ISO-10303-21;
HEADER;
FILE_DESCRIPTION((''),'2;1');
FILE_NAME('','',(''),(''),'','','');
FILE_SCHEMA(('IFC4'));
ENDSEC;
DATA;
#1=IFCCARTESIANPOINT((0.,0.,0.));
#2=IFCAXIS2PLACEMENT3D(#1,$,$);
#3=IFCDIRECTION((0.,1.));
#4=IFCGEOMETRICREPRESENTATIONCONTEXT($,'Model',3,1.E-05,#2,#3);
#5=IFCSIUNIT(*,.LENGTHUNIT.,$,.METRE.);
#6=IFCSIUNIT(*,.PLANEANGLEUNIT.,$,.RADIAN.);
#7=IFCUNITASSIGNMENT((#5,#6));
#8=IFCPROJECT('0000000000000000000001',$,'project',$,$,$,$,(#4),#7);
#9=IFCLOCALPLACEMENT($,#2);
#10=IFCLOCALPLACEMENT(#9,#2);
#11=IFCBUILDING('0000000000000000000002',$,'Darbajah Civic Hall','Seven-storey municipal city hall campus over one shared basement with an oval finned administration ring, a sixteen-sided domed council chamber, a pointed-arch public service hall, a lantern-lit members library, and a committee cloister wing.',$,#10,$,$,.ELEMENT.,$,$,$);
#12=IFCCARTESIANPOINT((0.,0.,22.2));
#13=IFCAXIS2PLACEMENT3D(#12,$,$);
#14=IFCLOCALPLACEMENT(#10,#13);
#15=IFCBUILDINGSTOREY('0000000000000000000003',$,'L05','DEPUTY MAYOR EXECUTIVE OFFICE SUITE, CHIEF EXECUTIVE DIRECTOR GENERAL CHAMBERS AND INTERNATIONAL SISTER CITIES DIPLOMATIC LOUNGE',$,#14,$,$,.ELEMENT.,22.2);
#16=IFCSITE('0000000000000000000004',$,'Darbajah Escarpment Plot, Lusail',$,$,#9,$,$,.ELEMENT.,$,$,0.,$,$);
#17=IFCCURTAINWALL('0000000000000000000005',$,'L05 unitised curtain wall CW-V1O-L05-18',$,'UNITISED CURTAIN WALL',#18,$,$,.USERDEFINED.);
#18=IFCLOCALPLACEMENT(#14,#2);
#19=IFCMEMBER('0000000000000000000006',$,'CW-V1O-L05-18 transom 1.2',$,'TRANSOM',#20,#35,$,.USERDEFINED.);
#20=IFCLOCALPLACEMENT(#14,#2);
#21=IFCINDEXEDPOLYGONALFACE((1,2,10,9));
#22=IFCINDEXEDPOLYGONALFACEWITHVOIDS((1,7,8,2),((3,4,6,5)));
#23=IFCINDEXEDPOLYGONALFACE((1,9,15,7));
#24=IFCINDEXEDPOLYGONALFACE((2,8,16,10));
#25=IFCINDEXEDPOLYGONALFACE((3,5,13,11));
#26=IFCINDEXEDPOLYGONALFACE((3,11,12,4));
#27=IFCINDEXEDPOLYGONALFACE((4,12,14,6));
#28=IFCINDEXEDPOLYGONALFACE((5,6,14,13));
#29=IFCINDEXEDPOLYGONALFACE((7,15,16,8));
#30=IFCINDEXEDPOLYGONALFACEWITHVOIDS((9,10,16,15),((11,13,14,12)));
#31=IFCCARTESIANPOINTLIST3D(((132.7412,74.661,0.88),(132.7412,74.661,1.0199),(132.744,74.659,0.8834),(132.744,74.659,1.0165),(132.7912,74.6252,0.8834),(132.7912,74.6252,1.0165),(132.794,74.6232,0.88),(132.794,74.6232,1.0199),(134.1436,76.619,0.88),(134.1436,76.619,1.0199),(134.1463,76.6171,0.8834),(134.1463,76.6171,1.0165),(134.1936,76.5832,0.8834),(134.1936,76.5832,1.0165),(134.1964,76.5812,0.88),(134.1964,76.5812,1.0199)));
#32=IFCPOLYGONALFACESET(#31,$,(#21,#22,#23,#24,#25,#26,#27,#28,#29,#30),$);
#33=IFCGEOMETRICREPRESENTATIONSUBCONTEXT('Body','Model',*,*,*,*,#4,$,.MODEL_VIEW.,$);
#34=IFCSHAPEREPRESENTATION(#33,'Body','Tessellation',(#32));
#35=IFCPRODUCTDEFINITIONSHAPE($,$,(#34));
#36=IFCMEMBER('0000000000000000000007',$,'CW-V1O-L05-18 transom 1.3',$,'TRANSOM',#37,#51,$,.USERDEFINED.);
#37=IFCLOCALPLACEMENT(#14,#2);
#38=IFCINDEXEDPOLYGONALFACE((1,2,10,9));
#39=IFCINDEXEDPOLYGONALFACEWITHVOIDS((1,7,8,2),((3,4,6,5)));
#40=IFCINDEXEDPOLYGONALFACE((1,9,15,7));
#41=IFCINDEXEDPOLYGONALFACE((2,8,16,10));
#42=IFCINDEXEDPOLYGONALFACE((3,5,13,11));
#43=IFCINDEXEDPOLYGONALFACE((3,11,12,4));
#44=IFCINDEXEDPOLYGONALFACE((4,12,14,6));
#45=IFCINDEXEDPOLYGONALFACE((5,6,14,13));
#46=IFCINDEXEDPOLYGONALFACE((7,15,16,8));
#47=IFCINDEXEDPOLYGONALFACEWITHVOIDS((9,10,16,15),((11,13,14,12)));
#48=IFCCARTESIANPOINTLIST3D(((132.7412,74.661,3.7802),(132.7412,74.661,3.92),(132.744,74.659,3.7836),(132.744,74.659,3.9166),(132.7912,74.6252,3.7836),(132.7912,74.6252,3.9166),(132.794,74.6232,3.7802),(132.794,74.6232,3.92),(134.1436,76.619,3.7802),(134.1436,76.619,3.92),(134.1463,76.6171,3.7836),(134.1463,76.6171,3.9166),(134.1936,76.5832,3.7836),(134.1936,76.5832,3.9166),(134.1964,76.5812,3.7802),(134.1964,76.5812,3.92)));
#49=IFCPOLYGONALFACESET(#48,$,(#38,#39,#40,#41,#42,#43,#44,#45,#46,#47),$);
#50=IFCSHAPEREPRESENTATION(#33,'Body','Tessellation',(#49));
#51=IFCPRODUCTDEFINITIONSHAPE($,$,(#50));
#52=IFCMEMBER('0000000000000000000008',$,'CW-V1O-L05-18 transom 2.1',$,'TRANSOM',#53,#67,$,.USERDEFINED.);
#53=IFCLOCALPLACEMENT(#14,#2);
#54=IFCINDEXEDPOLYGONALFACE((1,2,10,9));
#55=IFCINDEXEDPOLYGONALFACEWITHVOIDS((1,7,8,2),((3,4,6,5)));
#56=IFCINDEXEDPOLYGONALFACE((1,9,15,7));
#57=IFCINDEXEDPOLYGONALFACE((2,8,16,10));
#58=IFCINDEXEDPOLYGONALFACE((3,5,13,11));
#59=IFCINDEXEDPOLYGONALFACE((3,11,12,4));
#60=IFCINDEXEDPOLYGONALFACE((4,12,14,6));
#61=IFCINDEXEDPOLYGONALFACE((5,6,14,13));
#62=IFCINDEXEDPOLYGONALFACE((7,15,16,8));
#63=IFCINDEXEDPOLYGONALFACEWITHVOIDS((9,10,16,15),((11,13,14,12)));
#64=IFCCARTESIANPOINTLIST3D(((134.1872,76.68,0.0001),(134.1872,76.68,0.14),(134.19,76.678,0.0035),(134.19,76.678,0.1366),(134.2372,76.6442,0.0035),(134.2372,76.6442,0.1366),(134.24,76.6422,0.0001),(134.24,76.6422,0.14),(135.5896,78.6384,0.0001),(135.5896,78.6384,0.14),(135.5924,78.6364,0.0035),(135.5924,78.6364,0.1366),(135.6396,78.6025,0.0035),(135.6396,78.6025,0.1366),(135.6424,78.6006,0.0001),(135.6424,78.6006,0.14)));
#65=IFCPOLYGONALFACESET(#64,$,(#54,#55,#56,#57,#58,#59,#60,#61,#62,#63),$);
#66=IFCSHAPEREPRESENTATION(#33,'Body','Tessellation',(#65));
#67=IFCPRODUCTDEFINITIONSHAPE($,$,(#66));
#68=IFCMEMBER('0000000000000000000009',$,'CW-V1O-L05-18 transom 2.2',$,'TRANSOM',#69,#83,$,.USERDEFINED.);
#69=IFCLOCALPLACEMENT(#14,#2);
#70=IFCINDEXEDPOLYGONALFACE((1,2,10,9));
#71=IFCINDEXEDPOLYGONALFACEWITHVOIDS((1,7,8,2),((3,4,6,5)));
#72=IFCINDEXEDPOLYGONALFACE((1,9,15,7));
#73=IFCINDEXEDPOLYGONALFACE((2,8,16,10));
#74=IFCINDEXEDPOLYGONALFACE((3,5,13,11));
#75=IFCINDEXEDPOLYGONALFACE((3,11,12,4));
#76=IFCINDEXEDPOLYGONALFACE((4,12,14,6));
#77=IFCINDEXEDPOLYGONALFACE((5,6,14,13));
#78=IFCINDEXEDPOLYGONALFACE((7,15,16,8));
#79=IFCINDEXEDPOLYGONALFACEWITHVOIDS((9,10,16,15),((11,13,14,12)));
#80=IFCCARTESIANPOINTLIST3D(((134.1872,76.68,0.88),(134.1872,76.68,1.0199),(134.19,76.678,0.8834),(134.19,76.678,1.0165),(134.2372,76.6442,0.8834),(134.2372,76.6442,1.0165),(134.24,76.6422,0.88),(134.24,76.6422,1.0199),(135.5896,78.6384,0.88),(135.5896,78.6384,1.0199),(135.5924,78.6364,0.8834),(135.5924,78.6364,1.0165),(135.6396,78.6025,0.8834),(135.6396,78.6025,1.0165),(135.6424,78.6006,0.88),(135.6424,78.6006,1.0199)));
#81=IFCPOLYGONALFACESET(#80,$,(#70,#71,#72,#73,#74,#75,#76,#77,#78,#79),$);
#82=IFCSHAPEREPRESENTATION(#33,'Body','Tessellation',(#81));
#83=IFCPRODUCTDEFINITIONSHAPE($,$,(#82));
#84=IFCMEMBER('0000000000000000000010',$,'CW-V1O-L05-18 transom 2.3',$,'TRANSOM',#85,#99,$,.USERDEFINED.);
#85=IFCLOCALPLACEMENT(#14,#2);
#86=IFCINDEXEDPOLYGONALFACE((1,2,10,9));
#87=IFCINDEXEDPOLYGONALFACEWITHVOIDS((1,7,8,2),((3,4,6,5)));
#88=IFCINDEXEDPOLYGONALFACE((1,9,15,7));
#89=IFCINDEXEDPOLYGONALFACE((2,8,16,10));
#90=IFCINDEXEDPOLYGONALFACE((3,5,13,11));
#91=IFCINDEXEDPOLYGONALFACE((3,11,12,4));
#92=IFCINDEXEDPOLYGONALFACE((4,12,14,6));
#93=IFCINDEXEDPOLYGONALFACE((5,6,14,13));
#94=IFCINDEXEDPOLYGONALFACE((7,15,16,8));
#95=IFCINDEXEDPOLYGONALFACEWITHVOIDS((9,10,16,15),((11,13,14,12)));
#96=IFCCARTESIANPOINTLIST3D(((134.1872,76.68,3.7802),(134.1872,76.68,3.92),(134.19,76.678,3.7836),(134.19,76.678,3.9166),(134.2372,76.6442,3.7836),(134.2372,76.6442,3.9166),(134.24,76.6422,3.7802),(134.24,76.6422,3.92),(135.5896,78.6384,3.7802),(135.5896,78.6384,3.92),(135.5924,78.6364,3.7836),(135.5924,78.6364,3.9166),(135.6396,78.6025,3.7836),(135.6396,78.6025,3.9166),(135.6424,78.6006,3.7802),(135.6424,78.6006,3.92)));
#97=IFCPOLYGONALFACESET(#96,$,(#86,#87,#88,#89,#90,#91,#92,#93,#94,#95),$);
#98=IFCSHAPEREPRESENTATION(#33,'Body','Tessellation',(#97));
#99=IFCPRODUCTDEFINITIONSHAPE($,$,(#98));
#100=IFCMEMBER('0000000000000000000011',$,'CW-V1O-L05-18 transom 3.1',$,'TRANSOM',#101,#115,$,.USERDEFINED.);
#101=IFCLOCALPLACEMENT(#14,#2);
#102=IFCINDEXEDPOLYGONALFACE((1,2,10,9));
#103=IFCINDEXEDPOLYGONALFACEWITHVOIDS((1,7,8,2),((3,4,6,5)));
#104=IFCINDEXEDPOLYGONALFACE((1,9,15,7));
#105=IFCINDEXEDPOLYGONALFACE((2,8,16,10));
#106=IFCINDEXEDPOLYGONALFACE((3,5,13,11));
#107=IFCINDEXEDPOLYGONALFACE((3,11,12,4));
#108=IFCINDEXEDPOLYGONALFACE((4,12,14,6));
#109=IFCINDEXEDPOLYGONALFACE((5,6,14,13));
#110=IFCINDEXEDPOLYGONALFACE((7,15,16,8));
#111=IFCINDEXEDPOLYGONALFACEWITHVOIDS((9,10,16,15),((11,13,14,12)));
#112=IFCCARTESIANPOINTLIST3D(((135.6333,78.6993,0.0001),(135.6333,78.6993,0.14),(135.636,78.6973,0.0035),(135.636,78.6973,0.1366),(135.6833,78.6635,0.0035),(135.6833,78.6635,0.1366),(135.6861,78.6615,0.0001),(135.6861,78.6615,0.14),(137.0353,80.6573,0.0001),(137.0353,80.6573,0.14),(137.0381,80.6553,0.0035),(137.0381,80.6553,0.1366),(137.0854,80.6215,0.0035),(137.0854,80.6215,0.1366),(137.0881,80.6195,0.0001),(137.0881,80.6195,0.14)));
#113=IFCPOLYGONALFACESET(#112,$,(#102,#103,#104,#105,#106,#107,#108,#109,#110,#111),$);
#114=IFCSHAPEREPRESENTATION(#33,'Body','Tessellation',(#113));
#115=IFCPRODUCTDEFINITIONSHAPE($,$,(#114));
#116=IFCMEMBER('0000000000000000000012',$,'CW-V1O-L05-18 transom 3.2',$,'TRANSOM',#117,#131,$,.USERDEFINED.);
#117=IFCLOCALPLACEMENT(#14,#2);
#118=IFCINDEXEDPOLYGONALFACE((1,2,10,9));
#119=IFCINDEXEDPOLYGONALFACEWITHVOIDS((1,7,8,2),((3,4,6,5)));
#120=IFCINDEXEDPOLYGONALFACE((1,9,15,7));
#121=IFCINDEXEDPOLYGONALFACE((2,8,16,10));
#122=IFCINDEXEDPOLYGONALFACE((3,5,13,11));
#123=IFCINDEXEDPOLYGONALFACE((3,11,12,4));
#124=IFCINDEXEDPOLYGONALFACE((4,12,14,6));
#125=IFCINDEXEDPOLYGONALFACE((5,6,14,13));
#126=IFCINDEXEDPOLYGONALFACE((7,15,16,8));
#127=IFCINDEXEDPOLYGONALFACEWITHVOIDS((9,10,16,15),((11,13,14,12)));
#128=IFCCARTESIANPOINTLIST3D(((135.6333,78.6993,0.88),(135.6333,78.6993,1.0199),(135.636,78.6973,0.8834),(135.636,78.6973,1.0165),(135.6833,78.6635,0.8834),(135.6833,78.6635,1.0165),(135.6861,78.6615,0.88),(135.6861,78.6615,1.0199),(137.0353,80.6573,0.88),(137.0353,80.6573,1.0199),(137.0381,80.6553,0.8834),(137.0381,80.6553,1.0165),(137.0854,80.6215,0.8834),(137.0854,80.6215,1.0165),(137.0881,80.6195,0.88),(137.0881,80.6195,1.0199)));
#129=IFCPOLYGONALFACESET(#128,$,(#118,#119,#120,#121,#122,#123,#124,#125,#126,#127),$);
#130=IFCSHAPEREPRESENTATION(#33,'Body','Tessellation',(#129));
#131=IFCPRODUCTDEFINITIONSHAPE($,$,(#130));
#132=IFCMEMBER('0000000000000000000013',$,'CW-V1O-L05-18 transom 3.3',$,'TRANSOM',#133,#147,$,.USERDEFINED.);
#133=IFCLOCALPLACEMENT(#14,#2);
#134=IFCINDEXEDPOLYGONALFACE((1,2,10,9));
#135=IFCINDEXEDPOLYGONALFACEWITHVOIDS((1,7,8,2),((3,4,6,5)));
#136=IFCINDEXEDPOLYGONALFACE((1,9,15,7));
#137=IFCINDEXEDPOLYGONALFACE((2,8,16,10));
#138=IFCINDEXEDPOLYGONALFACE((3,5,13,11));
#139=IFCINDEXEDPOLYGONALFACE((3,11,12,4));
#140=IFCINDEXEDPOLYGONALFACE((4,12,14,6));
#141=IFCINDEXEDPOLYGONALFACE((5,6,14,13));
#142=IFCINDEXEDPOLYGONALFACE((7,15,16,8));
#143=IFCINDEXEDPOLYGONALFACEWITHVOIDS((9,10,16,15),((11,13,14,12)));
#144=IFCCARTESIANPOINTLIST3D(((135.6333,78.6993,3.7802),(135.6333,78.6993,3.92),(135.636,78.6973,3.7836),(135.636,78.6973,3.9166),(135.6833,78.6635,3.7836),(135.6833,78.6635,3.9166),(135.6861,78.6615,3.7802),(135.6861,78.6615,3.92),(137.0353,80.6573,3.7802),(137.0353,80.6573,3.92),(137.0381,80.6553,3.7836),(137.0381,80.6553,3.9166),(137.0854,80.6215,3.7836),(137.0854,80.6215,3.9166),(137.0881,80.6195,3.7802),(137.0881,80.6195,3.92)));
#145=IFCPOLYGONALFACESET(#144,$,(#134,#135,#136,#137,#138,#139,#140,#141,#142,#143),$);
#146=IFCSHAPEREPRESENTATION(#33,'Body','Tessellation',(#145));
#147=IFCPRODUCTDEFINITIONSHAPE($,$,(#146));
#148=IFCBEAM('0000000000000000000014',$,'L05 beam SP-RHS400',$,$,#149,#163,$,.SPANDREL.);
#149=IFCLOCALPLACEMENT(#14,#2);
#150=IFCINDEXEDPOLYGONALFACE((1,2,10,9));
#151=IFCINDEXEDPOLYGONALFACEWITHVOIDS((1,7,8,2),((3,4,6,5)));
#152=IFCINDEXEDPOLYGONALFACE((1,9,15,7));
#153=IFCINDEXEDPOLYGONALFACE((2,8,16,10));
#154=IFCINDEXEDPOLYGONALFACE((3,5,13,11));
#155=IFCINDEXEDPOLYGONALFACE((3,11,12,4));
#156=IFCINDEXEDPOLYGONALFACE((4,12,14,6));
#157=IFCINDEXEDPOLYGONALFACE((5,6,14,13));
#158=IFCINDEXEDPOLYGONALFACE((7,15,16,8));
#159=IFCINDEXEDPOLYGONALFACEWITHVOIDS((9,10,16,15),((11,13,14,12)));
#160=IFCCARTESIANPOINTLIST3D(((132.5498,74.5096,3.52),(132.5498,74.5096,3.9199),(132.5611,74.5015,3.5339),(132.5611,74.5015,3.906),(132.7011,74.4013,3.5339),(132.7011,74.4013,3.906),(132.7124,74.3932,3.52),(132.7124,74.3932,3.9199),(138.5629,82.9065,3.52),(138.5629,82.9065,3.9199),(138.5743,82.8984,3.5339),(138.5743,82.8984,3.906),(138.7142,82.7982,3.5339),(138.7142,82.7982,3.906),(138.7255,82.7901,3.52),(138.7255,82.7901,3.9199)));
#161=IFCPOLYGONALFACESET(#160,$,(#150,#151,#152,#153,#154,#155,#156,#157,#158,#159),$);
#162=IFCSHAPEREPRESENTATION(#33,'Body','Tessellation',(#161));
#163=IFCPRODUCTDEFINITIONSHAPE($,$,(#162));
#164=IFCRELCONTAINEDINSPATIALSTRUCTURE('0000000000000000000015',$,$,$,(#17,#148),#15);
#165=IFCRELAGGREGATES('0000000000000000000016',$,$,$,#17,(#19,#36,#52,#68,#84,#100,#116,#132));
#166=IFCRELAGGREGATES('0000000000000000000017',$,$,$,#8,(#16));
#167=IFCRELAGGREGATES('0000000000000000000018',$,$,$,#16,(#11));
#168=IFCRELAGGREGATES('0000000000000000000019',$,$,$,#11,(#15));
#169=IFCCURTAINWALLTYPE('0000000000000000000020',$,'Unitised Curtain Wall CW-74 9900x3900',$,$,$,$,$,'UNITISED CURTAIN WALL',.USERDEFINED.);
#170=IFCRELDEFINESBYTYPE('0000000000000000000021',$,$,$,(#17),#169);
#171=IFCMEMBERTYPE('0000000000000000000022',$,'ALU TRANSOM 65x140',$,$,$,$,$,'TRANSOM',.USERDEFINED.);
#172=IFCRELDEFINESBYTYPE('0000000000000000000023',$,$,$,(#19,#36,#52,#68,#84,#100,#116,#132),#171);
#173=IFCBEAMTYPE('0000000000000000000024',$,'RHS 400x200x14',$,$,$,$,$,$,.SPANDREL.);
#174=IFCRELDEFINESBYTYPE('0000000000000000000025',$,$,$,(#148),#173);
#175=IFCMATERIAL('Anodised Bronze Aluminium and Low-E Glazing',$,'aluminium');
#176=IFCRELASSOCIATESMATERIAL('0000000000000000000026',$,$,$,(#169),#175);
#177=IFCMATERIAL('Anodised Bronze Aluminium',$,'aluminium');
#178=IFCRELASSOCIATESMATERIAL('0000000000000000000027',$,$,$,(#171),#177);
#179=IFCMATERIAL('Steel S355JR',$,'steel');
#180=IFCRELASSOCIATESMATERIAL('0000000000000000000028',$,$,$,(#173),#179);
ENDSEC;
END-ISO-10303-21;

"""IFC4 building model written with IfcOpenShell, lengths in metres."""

from ifc_helpers import new_model, si_unit, direction, frame, origin, origin_2d, place, context, subcontext, project, spatial, hollow_rectangle, extrude, material, material_profile, profile_set, type_object, element, aggregate, save


model = new_model("IFC4")

# Units and contexts
model_context = context("Model", 3, precision=1e-05, world=origin(), true_north=direction((0.0, 1.0)))
body_context = subcontext(model_context, "Body", "Model", "MODEL_VIEW")
ifc_project = project(units=[si_unit("LENGTHUNIT", "METRE"), si_unit("PLANEANGLEUNIT", "RADIAN")], contexts=[model_context])

# Site, building, storey
site_placement = place(None, origin())
site = spatial("IfcSite", under=ifc_project, at=site_placement, Name="Darbajah Escarpment Plot, Lusail", CompositionType="ELEMENT", RefElevation=0.0)
building_placement = place(site_placement, origin())
building = spatial("IfcBuilding", under=site, at=building_placement, Name="Darbajah Civic Hall", Description="Seven-storey municipal city hall campus over one shared basement with an oval finned administration ring, a sixteen-sided domed council chamber, a pointed-arch public service hall, a lantern-lit members library, and a committee cloister wing.", CompositionType="ELEMENT")
storey_placement = place(building_placement, frame((0.0, 0.0, 22.2)))
storey = spatial("IfcBuildingStorey", under=building, at=storey_placement, Name="L05", Description="DEPUTY MAYOR EXECUTIVE OFFICE SUITE, CHIEF EXECUTIVE DIRECTOR GENERAL CHAMBERS AND INTERNATIONAL SISTER CITIES DIPLOMATIC LOUNGE", CompositionType="ELEMENT", Elevation=22.2)

# Shared definitions
ifc_material_1 = material(Name="Anodised Bronze Aluminium and Low-E Glazing", Category="aluminium")
ifc_material_2 = material(Name="Anodised Bronze Aluminium", Category="aluminium")

# Curtain wall
curtain_wall_type_1 = type_object("IfcCurtainWallType", Name="Unitised Curtain Wall CW-74 9900x3900", ElementType="UNITISED CURTAIN WALL", PredefinedType="USERDEFINED", material=ifc_material_1)
curtain_wall_1_placement = place(storey_placement, origin())
curtain_wall_1 = element("IfcCurtainWall", 1, at=curtain_wall_1_placement, inside=storey, type_object=curtain_wall_type_1, Name="L05 unitised curtain wall CW-V1O-L05-18", ObjectType="UNITISED CURTAIN WALL", PredefinedType="USERDEFINED")

# Members
ifc_material_profile_1 = material_profile(ifc_material_2, hollow_rectangle(XDim=0.0649, YDim=0.1399, WallThickness=0.0034, at=origin_2d()), Name="ALU TRANSOM 65x140")
ifc_profile_set_1 = profile_set([ifc_material_profile_1], Name="Anodised Bronze Aluminium")
member_type_1 = type_object("IfcMemberType", Name="ALU TRANSOM 65x140", ElementType="TRANSOM", PredefinedType="USERDEFINED", material=ifc_profile_set_1)
member_1_placement = place(storey_placement, frame((132.7676, 74.6421, 0.95), z_axis=(0.582273, 0.812993, 0.0), x_axis=(-0.812993, 0.582273, 0.0)))
member_1 = element("IfcMember", 2, at=member_1_placement, type_object=member_type_1, Name="CW-V1O-L05-18 transom 1.2", ObjectType="TRANSOM", PredefinedType="USERDEFINED", context=body_context, shape_type="SweptSolid", body=[
    extrude(hollow_rectangle(XDim=0.0649, YDim=0.1399, WallThickness=0.0034, at=origin_2d()), origin(), (0.0, 0.0, 1.0), 2.4084),
])
member_2_placement = place(storey_placement, frame((132.7676, 74.6421, 3.8501), z_axis=(0.582273, 0.812993, 0.0), x_axis=(-0.812993, 0.582273, 0.0)))
member_2 = element("IfcMember", 3, at=member_2_placement, type_object=member_type_1, Name="CW-V1O-L05-18 transom 1.3", ObjectType="TRANSOM", PredefinedType="USERDEFINED", context=body_context, shape_type="SweptSolid", body=[
    extrude(hollow_rectangle(XDim=0.0649, YDim=0.1399, WallThickness=0.0034, at=origin_2d()), origin(), (0.0, 0.0, 1.0), 2.4084),
])
member_3_placement = place(storey_placement, frame((134.2136, 76.6611, 0.0701), z_axis=(0.582225, 0.813027, 0.0), x_axis=(-0.813027, 0.582225, 0.0)))
member_3 = element("IfcMember", 4, at=member_3_placement, type_object=member_type_1, Name="CW-V1O-L05-18 transom 2.1", ObjectType="TRANSOM", PredefinedType="USERDEFINED", context=body_context, shape_type="SweptSolid", body=[
    extrude(hollow_rectangle(XDim=0.0649, YDim=0.1399, WallThickness=0.0034, at=origin_2d()), origin(), (0.0, 0.0, 1.0), 2.4087),
])
member_4_placement = place(storey_placement, frame((134.2136, 76.6611, 0.95), z_axis=(0.582225, 0.813027, 0.0), x_axis=(-0.813027, 0.582225, 0.0)))
member_4 = element("IfcMember", 5, at=member_4_placement, type_object=member_type_1, Name="CW-V1O-L05-18 transom 2.2", ObjectType="TRANSOM", PredefinedType="USERDEFINED", context=body_context, shape_type="SweptSolid", body=[
    extrude(hollow_rectangle(XDim=0.0649, YDim=0.1399, WallThickness=0.0034, at=origin_2d()), origin(), (0.0, 0.0, 1.0), 2.4087),
])
member_5_placement = place(storey_placement, frame((134.2136, 76.6611, 3.8501), z_axis=(0.582225, 0.813027, 0.0), x_axis=(-0.813027, 0.582225, 0.0)))
member_5 = element("IfcMember", 6, at=member_5_placement, type_object=member_type_1, Name="CW-V1O-L05-18 transom 2.3", ObjectType="TRANSOM", PredefinedType="USERDEFINED", context=body_context, shape_type="SweptSolid", body=[
    extrude(hollow_rectangle(XDim=0.0649, YDim=0.1399, WallThickness=0.0034, at=origin_2d()), origin(), (0.0, 0.0, 1.0), 2.4087),
])
member_6_placement = place(storey_placement, frame((135.6597, 78.6804, 0.0701), z_axis=(0.582206, 0.813041, 0.0), x_axis=(-0.813041, 0.582206, 0.0)))
member_6 = element("IfcMember", 7, at=member_6_placement, type_object=member_type_1, Name="CW-V1O-L05-18 transom 3.1", ObjectType="TRANSOM", PredefinedType="USERDEFINED", context=body_context, shape_type="SweptSolid", body=[
    extrude(hollow_rectangle(XDim=0.0649, YDim=0.1399, WallThickness=0.0034, at=origin_2d()), origin(), (0.0, 0.0, 1.0), 2.4082),
])
member_7_placement = place(storey_placement, frame((135.6597, 78.6804, 0.95), z_axis=(0.582206, 0.813041, 0.0), x_axis=(-0.813041, 0.582206, 0.0)))
member_7 = element("IfcMember", 8, at=member_7_placement, type_object=member_type_1, Name="CW-V1O-L05-18 transom 3.2", ObjectType="TRANSOM", PredefinedType="USERDEFINED", context=body_context, shape_type="SweptSolid", body=[
    extrude(hollow_rectangle(XDim=0.0649, YDim=0.1399, WallThickness=0.0034, at=origin_2d()), origin(), (0.0, 0.0, 1.0), 2.4082),
])
member_8_placement = place(storey_placement, frame((135.6597, 78.6804, 3.8501), z_axis=(0.582206, 0.813041, 0.0), x_axis=(-0.813041, 0.582206, 0.0)))
member_8 = element("IfcMember", 9, at=member_8_placement, type_object=member_type_1, Name="CW-V1O-L05-18 transom 3.3", ObjectType="TRANSOM", PredefinedType="USERDEFINED", context=body_context, shape_type="SweptSolid", body=[
    extrude(hollow_rectangle(XDim=0.0649, YDim=0.1399, WallThickness=0.0034, at=origin_2d()), origin(), (0.0, 0.0, 1.0), 2.4082),
])

# Beam
ifc_material_3 = material(Name="Steel S355JR", Category="steel")
ifc_material_profile_2 = material_profile(ifc_material_3, hollow_rectangle(XDim=0.2, YDim=0.3999, WallThickness=0.0139, at=origin_2d()), Name="RHS 400x200x14")
ifc_profile_set_2 = profile_set([ifc_material_profile_2], Name="Steel S355JR")
beam_type_1 = type_object("IfcBeamType", Name="RHS 400x200x14", PredefinedType="SPANDREL", material=ifc_profile_set_2)
beam_1_placement = place(storey_placement, frame((132.6311, 74.4514, 3.72), z_axis=(0.582222, 0.81303, 0.0), x_axis=(-0.81303, 0.582222, 0.0)))
element("IfcBeam", 10, at=beam_1_placement, inside=storey, type_object=beam_type_1, Name="L05 beam SP-RHS400", PredefinedType="SPANDREL", context=body_context, shape_type="SweptSolid", body=[
    extrude(hollow_rectangle(XDim=0.2, YDim=0.3999, WallThickness=0.0139, at=origin_2d()), origin(), (0.0, 0.0, 1.0), 10.3279),
])

aggregate(curtain_wall_1, [member_1, member_2, member_3, member_4, member_5, member_6, member_7, member_8])

save(model, "model.ifc")
